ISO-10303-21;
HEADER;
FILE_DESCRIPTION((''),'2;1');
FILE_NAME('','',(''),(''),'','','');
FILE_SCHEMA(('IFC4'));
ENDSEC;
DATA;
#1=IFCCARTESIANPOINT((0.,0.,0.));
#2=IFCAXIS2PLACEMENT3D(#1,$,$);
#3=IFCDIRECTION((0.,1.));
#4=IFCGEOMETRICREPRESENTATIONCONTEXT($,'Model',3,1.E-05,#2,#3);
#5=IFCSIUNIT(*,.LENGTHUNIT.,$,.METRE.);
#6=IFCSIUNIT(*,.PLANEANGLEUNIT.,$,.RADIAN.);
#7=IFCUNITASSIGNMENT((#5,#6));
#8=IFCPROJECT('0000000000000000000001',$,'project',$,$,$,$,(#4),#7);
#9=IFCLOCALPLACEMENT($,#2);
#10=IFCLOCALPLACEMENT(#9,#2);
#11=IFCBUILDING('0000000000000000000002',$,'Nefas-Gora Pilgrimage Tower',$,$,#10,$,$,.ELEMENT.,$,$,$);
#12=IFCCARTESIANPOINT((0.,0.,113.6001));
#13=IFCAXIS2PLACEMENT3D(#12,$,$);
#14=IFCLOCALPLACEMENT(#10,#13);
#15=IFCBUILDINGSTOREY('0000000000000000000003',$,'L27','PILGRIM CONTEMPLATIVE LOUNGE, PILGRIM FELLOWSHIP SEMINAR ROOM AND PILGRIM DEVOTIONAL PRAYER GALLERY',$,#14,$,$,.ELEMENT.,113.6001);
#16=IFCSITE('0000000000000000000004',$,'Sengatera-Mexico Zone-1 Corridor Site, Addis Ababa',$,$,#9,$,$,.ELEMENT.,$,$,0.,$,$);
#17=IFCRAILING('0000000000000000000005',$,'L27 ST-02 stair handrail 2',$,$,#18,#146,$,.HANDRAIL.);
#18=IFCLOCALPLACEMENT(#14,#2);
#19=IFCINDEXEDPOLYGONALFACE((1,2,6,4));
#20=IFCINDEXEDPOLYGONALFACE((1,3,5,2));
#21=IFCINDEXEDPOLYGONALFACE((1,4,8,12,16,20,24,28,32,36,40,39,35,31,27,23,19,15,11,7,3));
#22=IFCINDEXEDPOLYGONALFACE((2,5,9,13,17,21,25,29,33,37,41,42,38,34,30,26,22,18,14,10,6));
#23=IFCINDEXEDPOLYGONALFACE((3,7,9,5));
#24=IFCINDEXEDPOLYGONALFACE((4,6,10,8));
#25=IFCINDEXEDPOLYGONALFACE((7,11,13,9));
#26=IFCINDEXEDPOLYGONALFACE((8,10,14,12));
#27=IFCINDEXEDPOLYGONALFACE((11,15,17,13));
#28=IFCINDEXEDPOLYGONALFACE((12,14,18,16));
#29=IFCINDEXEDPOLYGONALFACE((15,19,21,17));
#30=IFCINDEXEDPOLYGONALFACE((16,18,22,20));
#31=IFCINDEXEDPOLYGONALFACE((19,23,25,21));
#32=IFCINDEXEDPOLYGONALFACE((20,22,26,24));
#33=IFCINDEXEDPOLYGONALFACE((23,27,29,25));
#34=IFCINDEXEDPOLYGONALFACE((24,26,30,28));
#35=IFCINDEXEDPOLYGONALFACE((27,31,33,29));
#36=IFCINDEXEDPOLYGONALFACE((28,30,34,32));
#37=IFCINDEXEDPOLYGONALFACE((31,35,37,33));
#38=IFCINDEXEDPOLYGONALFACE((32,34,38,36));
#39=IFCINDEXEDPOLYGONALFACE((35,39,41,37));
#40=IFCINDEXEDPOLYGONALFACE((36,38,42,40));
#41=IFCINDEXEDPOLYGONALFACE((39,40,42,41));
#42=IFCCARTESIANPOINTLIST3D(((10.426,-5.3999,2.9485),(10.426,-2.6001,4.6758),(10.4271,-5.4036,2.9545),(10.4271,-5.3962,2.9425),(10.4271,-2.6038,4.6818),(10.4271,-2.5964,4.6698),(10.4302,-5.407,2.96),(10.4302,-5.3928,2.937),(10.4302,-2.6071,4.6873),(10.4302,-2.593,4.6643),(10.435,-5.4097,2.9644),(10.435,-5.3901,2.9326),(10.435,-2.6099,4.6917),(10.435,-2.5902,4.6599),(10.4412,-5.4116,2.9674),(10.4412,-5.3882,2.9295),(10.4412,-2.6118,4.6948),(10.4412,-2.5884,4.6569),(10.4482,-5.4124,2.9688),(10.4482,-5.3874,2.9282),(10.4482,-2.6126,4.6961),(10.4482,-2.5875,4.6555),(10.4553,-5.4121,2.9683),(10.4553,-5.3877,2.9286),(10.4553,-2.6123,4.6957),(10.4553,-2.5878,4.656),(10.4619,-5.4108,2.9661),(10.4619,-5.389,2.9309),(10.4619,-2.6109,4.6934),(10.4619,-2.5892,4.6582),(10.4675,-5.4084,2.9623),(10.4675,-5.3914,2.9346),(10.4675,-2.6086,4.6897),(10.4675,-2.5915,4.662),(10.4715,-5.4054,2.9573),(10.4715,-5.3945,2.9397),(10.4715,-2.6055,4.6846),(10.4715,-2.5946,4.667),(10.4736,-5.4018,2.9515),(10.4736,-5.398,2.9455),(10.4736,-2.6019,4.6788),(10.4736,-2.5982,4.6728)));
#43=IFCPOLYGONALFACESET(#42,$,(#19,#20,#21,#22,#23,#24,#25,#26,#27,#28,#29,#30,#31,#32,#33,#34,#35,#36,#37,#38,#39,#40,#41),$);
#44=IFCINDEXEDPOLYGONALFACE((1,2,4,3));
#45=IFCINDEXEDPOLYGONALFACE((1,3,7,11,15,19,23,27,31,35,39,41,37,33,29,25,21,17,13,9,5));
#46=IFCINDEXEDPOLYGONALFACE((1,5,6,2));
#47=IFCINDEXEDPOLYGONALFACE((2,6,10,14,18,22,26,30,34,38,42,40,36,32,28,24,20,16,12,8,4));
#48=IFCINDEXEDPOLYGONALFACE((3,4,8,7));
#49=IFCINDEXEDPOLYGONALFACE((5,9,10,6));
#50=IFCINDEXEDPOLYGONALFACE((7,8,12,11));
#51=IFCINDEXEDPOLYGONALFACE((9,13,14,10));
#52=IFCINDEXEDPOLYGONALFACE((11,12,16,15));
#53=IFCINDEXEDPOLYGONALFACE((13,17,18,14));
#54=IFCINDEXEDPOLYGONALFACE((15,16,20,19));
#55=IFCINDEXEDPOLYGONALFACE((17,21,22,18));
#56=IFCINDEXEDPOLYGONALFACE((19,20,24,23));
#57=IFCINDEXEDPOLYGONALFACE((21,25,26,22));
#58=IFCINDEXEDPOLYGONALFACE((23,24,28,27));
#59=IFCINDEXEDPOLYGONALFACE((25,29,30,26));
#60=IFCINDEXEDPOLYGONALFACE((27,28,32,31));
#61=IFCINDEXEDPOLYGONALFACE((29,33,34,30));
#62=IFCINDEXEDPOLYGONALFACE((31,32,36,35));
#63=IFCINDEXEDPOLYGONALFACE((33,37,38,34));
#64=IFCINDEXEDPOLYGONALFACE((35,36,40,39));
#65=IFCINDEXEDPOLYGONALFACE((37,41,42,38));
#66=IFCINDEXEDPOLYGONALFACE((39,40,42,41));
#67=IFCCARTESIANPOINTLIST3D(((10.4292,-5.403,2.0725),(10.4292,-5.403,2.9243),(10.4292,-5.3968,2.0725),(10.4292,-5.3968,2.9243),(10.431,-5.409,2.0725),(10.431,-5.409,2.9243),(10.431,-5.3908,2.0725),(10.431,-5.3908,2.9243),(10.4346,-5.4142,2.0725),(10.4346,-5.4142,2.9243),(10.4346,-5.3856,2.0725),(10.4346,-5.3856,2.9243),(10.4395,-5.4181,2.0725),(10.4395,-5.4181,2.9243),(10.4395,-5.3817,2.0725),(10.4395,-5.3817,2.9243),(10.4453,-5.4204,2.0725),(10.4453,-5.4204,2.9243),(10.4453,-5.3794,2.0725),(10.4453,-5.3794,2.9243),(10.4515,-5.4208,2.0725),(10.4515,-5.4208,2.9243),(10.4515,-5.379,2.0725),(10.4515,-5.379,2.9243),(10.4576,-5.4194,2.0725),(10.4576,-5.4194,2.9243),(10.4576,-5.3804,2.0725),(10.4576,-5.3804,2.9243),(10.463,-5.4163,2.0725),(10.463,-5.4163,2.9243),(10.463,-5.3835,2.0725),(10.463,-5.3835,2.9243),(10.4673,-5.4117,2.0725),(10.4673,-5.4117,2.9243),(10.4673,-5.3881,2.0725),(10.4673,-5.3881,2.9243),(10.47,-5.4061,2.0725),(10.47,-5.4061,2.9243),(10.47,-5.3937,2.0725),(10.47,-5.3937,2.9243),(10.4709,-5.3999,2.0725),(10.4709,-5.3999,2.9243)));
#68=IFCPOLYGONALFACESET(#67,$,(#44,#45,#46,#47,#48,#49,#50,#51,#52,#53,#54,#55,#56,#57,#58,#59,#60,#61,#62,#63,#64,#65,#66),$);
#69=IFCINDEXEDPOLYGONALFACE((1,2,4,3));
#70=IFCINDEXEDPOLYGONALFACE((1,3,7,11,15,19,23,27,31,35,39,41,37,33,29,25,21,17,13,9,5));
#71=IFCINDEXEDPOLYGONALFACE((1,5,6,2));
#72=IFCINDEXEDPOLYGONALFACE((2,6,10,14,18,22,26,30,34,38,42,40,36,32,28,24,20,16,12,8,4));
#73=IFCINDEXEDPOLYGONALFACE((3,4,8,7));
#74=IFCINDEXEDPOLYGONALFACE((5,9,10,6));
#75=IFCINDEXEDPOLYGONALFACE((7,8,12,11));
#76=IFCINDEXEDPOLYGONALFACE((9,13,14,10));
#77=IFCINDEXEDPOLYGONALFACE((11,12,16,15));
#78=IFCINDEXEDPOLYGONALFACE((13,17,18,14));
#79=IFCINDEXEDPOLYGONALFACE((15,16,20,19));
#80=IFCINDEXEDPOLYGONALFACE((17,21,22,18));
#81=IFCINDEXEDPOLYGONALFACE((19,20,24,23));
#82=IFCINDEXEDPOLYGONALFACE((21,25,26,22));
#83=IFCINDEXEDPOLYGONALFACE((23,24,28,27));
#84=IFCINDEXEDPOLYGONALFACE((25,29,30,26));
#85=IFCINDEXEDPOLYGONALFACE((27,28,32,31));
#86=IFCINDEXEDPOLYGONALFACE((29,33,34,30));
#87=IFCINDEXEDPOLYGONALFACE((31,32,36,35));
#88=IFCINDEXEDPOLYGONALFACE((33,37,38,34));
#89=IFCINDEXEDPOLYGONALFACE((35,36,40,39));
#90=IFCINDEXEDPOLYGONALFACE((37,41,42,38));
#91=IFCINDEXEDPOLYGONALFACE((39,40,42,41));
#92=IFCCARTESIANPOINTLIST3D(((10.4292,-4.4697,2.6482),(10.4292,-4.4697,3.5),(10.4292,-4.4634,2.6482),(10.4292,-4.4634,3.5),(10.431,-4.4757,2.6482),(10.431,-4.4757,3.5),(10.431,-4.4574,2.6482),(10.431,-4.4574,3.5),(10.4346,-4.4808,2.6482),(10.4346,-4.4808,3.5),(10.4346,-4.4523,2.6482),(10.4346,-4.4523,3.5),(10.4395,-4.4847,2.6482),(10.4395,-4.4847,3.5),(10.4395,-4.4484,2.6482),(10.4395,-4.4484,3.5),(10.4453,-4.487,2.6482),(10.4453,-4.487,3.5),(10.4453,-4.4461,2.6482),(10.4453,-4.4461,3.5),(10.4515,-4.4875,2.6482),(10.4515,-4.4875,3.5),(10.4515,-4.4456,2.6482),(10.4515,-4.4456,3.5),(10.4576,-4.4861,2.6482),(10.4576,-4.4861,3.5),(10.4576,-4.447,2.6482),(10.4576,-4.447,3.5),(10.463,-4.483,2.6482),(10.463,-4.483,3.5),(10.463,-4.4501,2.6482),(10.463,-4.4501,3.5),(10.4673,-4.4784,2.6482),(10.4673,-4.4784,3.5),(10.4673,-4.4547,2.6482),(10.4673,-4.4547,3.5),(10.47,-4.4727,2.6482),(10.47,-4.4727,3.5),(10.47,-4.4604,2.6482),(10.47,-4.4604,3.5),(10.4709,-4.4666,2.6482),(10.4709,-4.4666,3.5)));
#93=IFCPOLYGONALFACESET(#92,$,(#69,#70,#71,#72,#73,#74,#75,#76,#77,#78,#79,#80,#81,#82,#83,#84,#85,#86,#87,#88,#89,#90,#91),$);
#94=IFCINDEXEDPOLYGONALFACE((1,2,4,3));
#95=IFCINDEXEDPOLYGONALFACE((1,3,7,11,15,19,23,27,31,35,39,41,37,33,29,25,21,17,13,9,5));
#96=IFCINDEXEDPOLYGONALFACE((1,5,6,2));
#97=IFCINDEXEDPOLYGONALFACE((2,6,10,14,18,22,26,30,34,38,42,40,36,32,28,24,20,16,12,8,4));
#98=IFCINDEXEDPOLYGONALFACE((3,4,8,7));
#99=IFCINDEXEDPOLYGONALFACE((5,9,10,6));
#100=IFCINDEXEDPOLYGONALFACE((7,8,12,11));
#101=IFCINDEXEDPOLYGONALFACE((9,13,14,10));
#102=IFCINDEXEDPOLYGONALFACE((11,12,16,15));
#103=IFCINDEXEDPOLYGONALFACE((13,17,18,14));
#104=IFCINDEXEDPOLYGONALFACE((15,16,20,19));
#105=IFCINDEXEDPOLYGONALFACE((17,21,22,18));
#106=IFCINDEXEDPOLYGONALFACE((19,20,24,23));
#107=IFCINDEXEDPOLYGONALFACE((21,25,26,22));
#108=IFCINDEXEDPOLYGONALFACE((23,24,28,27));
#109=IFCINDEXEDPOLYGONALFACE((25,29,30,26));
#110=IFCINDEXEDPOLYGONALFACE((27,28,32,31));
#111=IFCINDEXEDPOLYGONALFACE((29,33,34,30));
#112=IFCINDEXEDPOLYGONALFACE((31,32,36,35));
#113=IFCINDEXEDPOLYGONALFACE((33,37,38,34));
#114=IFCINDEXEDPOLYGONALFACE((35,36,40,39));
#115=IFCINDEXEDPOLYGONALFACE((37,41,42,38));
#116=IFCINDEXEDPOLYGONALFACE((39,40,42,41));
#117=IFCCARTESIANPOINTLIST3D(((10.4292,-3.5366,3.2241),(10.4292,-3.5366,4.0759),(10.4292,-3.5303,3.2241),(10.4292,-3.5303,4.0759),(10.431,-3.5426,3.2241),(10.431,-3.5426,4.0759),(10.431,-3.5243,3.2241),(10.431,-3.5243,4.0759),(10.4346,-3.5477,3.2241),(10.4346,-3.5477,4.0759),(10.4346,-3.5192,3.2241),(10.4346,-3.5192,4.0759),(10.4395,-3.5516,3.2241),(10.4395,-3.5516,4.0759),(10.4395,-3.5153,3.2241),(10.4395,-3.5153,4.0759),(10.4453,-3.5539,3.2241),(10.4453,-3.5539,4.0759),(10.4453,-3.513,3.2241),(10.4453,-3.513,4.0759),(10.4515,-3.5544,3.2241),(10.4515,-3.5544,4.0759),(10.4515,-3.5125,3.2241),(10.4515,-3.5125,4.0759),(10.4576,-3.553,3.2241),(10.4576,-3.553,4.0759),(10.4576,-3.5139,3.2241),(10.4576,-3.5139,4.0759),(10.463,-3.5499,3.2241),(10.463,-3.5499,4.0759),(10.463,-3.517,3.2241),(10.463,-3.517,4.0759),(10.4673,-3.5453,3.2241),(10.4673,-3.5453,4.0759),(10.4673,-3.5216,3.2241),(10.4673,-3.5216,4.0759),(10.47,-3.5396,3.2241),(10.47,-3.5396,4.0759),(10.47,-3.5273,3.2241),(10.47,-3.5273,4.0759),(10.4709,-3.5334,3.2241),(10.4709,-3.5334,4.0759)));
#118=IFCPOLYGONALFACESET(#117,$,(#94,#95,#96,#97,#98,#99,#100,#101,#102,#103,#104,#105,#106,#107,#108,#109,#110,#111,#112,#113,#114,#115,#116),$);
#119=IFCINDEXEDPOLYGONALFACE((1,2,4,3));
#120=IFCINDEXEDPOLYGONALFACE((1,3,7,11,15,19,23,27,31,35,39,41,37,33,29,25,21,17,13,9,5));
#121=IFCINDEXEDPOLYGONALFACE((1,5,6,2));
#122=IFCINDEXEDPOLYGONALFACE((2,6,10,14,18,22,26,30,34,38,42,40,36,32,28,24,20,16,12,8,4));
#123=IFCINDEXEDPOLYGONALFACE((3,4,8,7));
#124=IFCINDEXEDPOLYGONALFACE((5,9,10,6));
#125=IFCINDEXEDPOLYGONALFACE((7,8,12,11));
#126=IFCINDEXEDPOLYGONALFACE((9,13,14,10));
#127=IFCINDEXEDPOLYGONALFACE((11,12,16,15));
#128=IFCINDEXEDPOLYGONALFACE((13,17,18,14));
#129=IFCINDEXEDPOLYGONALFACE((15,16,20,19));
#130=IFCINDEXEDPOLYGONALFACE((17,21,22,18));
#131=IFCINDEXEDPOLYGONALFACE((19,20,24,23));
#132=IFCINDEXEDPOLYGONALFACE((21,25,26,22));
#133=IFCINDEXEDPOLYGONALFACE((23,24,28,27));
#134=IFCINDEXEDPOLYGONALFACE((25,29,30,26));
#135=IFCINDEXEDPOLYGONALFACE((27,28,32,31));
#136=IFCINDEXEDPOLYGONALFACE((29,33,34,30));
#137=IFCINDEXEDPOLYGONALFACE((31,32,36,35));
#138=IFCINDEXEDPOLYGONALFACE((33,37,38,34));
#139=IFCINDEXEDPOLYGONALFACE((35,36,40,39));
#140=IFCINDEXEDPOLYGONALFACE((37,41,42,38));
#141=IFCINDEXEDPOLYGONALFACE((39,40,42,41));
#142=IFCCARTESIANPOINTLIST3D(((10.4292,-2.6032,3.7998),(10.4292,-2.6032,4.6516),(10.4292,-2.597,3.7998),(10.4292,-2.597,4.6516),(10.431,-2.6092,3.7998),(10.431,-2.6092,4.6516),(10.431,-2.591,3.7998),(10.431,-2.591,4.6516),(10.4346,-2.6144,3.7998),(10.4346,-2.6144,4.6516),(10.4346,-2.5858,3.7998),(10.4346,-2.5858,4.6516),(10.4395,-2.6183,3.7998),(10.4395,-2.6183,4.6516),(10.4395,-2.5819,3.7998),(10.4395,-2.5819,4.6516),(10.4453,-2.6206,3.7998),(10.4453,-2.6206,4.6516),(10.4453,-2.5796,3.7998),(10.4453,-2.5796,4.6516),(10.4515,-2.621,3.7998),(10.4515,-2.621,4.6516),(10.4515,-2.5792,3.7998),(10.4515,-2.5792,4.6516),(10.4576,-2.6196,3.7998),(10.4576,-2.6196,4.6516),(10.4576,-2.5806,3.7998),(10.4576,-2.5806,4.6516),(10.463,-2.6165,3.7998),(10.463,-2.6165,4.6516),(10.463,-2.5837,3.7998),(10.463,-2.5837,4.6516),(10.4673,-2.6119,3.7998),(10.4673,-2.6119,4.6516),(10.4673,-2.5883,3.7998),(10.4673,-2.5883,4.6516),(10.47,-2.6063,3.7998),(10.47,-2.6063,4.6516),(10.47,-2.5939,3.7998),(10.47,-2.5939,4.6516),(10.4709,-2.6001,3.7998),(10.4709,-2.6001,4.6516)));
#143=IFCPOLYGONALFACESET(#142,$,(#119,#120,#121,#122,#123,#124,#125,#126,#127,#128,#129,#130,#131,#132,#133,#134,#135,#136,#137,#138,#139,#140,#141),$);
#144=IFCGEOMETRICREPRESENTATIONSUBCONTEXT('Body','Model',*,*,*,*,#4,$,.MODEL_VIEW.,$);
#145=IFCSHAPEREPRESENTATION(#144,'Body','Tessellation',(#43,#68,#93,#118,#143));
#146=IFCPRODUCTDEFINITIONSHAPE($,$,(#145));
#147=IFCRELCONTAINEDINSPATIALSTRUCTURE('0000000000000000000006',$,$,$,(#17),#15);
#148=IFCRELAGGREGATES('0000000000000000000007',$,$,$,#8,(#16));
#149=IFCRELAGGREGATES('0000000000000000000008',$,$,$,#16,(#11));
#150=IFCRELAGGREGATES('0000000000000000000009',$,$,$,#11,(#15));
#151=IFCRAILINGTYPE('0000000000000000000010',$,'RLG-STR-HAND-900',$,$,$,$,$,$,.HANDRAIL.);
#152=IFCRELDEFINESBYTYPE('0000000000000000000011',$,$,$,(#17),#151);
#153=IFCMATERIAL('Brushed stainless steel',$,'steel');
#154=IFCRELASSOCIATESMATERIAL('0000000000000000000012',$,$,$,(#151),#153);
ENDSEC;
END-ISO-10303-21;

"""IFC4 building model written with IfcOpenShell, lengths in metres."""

from ifc_helpers import new_model, si_unit, direction, frame, origin, origin_2d, place, context, subcontext, project, spatial, circle, extrude, material, type_object, element, save


model = new_model("IFC4")

# Units and contexts
model_context = context("Model", 3, precision=1e-05, world=origin(), true_north=direction((0.0, 1.0)))
body_context = subcontext(model_context, "Body", "Model", "MODEL_VIEW")
ifc_project = project(units=[si_unit("LENGTHUNIT", "METRE"), si_unit("PLANEANGLEUNIT", "RADIAN")], contexts=[model_context])

# Site, building, storey
site_placement = place(None, origin())
site = spatial("IfcSite", under=ifc_project, at=site_placement, Name="Sengatera-Mexico Zone-1 Corridor Site, Addis Ababa", CompositionType="ELEMENT", RefElevation=0.0)
building_placement = place(site_placement, origin())
building = spatial("IfcBuilding", under=site, at=building_placement, Name="Nefas-Gora Pilgrimage Tower", CompositionType="ELEMENT")
storey_placement = place(building_placement, frame((0.0, 0.0, 113.6001)))
storey = spatial("IfcBuildingStorey", under=building, at=storey_placement, Name="L27", Description="PILGRIM CONTEMPLATIVE LOUNGE, PILGRIM FELLOWSHIP SEMINAR ROOM AND PILGRIM DEVOTIONAL PRAYER GALLERY", CompositionType="ELEMENT", Elevation=113.6001)

# Railing
ifc_material_1 = material(Name="Brushed stainless steel", Category="steel")
railing_type_1 = type_object("IfcRailingType", Name="RLG-STR-HAND-900", PredefinedType="HANDRAIL", material=ifc_material_1)
railing_1_placement = place(storey_placement, frame((10.45, -5.3999, 2.0725)))
element("IfcRailing", 1, at=railing_1_placement, inside=storey, type_object=railing_type_1, Name="L27 ST-02 stair handrail 2", PredefinedType="HANDRAIL", context=body_context, shape_type="SweptSolid", body=[
    extrude(circle(Radius=0.0239, at=origin_2d()), frame((0.0, 0.0, 0.876), z_axis=(0.0, 0.851069, 0.525054), x_axis=(-1.0, 0.0, 0.0)), (0.0, 0.0, 1.0), 3.2898),
    extrude(circle(Radius=0.021, at=origin_2d()), origin(), (0.0, 0.0, 1.0), 0.8518),
    extrude(circle(Radius=0.021, at=origin_2d()), frame((0.0, 0.9333, 0.5757)), (0.0, 0.0, 1.0), 0.8518),
    extrude(circle(Radius=0.021, at=origin_2d()), frame((0.0, 1.8665, 1.1516)), (0.0, 0.0, 1.0), 0.8518),
    extrude(circle(Radius=0.021, at=origin_2d()), frame((0.0, 2.7998, 1.7273)), (0.0, 0.0, 1.0), 0.8518),
])

save(model, "model.ifc")
